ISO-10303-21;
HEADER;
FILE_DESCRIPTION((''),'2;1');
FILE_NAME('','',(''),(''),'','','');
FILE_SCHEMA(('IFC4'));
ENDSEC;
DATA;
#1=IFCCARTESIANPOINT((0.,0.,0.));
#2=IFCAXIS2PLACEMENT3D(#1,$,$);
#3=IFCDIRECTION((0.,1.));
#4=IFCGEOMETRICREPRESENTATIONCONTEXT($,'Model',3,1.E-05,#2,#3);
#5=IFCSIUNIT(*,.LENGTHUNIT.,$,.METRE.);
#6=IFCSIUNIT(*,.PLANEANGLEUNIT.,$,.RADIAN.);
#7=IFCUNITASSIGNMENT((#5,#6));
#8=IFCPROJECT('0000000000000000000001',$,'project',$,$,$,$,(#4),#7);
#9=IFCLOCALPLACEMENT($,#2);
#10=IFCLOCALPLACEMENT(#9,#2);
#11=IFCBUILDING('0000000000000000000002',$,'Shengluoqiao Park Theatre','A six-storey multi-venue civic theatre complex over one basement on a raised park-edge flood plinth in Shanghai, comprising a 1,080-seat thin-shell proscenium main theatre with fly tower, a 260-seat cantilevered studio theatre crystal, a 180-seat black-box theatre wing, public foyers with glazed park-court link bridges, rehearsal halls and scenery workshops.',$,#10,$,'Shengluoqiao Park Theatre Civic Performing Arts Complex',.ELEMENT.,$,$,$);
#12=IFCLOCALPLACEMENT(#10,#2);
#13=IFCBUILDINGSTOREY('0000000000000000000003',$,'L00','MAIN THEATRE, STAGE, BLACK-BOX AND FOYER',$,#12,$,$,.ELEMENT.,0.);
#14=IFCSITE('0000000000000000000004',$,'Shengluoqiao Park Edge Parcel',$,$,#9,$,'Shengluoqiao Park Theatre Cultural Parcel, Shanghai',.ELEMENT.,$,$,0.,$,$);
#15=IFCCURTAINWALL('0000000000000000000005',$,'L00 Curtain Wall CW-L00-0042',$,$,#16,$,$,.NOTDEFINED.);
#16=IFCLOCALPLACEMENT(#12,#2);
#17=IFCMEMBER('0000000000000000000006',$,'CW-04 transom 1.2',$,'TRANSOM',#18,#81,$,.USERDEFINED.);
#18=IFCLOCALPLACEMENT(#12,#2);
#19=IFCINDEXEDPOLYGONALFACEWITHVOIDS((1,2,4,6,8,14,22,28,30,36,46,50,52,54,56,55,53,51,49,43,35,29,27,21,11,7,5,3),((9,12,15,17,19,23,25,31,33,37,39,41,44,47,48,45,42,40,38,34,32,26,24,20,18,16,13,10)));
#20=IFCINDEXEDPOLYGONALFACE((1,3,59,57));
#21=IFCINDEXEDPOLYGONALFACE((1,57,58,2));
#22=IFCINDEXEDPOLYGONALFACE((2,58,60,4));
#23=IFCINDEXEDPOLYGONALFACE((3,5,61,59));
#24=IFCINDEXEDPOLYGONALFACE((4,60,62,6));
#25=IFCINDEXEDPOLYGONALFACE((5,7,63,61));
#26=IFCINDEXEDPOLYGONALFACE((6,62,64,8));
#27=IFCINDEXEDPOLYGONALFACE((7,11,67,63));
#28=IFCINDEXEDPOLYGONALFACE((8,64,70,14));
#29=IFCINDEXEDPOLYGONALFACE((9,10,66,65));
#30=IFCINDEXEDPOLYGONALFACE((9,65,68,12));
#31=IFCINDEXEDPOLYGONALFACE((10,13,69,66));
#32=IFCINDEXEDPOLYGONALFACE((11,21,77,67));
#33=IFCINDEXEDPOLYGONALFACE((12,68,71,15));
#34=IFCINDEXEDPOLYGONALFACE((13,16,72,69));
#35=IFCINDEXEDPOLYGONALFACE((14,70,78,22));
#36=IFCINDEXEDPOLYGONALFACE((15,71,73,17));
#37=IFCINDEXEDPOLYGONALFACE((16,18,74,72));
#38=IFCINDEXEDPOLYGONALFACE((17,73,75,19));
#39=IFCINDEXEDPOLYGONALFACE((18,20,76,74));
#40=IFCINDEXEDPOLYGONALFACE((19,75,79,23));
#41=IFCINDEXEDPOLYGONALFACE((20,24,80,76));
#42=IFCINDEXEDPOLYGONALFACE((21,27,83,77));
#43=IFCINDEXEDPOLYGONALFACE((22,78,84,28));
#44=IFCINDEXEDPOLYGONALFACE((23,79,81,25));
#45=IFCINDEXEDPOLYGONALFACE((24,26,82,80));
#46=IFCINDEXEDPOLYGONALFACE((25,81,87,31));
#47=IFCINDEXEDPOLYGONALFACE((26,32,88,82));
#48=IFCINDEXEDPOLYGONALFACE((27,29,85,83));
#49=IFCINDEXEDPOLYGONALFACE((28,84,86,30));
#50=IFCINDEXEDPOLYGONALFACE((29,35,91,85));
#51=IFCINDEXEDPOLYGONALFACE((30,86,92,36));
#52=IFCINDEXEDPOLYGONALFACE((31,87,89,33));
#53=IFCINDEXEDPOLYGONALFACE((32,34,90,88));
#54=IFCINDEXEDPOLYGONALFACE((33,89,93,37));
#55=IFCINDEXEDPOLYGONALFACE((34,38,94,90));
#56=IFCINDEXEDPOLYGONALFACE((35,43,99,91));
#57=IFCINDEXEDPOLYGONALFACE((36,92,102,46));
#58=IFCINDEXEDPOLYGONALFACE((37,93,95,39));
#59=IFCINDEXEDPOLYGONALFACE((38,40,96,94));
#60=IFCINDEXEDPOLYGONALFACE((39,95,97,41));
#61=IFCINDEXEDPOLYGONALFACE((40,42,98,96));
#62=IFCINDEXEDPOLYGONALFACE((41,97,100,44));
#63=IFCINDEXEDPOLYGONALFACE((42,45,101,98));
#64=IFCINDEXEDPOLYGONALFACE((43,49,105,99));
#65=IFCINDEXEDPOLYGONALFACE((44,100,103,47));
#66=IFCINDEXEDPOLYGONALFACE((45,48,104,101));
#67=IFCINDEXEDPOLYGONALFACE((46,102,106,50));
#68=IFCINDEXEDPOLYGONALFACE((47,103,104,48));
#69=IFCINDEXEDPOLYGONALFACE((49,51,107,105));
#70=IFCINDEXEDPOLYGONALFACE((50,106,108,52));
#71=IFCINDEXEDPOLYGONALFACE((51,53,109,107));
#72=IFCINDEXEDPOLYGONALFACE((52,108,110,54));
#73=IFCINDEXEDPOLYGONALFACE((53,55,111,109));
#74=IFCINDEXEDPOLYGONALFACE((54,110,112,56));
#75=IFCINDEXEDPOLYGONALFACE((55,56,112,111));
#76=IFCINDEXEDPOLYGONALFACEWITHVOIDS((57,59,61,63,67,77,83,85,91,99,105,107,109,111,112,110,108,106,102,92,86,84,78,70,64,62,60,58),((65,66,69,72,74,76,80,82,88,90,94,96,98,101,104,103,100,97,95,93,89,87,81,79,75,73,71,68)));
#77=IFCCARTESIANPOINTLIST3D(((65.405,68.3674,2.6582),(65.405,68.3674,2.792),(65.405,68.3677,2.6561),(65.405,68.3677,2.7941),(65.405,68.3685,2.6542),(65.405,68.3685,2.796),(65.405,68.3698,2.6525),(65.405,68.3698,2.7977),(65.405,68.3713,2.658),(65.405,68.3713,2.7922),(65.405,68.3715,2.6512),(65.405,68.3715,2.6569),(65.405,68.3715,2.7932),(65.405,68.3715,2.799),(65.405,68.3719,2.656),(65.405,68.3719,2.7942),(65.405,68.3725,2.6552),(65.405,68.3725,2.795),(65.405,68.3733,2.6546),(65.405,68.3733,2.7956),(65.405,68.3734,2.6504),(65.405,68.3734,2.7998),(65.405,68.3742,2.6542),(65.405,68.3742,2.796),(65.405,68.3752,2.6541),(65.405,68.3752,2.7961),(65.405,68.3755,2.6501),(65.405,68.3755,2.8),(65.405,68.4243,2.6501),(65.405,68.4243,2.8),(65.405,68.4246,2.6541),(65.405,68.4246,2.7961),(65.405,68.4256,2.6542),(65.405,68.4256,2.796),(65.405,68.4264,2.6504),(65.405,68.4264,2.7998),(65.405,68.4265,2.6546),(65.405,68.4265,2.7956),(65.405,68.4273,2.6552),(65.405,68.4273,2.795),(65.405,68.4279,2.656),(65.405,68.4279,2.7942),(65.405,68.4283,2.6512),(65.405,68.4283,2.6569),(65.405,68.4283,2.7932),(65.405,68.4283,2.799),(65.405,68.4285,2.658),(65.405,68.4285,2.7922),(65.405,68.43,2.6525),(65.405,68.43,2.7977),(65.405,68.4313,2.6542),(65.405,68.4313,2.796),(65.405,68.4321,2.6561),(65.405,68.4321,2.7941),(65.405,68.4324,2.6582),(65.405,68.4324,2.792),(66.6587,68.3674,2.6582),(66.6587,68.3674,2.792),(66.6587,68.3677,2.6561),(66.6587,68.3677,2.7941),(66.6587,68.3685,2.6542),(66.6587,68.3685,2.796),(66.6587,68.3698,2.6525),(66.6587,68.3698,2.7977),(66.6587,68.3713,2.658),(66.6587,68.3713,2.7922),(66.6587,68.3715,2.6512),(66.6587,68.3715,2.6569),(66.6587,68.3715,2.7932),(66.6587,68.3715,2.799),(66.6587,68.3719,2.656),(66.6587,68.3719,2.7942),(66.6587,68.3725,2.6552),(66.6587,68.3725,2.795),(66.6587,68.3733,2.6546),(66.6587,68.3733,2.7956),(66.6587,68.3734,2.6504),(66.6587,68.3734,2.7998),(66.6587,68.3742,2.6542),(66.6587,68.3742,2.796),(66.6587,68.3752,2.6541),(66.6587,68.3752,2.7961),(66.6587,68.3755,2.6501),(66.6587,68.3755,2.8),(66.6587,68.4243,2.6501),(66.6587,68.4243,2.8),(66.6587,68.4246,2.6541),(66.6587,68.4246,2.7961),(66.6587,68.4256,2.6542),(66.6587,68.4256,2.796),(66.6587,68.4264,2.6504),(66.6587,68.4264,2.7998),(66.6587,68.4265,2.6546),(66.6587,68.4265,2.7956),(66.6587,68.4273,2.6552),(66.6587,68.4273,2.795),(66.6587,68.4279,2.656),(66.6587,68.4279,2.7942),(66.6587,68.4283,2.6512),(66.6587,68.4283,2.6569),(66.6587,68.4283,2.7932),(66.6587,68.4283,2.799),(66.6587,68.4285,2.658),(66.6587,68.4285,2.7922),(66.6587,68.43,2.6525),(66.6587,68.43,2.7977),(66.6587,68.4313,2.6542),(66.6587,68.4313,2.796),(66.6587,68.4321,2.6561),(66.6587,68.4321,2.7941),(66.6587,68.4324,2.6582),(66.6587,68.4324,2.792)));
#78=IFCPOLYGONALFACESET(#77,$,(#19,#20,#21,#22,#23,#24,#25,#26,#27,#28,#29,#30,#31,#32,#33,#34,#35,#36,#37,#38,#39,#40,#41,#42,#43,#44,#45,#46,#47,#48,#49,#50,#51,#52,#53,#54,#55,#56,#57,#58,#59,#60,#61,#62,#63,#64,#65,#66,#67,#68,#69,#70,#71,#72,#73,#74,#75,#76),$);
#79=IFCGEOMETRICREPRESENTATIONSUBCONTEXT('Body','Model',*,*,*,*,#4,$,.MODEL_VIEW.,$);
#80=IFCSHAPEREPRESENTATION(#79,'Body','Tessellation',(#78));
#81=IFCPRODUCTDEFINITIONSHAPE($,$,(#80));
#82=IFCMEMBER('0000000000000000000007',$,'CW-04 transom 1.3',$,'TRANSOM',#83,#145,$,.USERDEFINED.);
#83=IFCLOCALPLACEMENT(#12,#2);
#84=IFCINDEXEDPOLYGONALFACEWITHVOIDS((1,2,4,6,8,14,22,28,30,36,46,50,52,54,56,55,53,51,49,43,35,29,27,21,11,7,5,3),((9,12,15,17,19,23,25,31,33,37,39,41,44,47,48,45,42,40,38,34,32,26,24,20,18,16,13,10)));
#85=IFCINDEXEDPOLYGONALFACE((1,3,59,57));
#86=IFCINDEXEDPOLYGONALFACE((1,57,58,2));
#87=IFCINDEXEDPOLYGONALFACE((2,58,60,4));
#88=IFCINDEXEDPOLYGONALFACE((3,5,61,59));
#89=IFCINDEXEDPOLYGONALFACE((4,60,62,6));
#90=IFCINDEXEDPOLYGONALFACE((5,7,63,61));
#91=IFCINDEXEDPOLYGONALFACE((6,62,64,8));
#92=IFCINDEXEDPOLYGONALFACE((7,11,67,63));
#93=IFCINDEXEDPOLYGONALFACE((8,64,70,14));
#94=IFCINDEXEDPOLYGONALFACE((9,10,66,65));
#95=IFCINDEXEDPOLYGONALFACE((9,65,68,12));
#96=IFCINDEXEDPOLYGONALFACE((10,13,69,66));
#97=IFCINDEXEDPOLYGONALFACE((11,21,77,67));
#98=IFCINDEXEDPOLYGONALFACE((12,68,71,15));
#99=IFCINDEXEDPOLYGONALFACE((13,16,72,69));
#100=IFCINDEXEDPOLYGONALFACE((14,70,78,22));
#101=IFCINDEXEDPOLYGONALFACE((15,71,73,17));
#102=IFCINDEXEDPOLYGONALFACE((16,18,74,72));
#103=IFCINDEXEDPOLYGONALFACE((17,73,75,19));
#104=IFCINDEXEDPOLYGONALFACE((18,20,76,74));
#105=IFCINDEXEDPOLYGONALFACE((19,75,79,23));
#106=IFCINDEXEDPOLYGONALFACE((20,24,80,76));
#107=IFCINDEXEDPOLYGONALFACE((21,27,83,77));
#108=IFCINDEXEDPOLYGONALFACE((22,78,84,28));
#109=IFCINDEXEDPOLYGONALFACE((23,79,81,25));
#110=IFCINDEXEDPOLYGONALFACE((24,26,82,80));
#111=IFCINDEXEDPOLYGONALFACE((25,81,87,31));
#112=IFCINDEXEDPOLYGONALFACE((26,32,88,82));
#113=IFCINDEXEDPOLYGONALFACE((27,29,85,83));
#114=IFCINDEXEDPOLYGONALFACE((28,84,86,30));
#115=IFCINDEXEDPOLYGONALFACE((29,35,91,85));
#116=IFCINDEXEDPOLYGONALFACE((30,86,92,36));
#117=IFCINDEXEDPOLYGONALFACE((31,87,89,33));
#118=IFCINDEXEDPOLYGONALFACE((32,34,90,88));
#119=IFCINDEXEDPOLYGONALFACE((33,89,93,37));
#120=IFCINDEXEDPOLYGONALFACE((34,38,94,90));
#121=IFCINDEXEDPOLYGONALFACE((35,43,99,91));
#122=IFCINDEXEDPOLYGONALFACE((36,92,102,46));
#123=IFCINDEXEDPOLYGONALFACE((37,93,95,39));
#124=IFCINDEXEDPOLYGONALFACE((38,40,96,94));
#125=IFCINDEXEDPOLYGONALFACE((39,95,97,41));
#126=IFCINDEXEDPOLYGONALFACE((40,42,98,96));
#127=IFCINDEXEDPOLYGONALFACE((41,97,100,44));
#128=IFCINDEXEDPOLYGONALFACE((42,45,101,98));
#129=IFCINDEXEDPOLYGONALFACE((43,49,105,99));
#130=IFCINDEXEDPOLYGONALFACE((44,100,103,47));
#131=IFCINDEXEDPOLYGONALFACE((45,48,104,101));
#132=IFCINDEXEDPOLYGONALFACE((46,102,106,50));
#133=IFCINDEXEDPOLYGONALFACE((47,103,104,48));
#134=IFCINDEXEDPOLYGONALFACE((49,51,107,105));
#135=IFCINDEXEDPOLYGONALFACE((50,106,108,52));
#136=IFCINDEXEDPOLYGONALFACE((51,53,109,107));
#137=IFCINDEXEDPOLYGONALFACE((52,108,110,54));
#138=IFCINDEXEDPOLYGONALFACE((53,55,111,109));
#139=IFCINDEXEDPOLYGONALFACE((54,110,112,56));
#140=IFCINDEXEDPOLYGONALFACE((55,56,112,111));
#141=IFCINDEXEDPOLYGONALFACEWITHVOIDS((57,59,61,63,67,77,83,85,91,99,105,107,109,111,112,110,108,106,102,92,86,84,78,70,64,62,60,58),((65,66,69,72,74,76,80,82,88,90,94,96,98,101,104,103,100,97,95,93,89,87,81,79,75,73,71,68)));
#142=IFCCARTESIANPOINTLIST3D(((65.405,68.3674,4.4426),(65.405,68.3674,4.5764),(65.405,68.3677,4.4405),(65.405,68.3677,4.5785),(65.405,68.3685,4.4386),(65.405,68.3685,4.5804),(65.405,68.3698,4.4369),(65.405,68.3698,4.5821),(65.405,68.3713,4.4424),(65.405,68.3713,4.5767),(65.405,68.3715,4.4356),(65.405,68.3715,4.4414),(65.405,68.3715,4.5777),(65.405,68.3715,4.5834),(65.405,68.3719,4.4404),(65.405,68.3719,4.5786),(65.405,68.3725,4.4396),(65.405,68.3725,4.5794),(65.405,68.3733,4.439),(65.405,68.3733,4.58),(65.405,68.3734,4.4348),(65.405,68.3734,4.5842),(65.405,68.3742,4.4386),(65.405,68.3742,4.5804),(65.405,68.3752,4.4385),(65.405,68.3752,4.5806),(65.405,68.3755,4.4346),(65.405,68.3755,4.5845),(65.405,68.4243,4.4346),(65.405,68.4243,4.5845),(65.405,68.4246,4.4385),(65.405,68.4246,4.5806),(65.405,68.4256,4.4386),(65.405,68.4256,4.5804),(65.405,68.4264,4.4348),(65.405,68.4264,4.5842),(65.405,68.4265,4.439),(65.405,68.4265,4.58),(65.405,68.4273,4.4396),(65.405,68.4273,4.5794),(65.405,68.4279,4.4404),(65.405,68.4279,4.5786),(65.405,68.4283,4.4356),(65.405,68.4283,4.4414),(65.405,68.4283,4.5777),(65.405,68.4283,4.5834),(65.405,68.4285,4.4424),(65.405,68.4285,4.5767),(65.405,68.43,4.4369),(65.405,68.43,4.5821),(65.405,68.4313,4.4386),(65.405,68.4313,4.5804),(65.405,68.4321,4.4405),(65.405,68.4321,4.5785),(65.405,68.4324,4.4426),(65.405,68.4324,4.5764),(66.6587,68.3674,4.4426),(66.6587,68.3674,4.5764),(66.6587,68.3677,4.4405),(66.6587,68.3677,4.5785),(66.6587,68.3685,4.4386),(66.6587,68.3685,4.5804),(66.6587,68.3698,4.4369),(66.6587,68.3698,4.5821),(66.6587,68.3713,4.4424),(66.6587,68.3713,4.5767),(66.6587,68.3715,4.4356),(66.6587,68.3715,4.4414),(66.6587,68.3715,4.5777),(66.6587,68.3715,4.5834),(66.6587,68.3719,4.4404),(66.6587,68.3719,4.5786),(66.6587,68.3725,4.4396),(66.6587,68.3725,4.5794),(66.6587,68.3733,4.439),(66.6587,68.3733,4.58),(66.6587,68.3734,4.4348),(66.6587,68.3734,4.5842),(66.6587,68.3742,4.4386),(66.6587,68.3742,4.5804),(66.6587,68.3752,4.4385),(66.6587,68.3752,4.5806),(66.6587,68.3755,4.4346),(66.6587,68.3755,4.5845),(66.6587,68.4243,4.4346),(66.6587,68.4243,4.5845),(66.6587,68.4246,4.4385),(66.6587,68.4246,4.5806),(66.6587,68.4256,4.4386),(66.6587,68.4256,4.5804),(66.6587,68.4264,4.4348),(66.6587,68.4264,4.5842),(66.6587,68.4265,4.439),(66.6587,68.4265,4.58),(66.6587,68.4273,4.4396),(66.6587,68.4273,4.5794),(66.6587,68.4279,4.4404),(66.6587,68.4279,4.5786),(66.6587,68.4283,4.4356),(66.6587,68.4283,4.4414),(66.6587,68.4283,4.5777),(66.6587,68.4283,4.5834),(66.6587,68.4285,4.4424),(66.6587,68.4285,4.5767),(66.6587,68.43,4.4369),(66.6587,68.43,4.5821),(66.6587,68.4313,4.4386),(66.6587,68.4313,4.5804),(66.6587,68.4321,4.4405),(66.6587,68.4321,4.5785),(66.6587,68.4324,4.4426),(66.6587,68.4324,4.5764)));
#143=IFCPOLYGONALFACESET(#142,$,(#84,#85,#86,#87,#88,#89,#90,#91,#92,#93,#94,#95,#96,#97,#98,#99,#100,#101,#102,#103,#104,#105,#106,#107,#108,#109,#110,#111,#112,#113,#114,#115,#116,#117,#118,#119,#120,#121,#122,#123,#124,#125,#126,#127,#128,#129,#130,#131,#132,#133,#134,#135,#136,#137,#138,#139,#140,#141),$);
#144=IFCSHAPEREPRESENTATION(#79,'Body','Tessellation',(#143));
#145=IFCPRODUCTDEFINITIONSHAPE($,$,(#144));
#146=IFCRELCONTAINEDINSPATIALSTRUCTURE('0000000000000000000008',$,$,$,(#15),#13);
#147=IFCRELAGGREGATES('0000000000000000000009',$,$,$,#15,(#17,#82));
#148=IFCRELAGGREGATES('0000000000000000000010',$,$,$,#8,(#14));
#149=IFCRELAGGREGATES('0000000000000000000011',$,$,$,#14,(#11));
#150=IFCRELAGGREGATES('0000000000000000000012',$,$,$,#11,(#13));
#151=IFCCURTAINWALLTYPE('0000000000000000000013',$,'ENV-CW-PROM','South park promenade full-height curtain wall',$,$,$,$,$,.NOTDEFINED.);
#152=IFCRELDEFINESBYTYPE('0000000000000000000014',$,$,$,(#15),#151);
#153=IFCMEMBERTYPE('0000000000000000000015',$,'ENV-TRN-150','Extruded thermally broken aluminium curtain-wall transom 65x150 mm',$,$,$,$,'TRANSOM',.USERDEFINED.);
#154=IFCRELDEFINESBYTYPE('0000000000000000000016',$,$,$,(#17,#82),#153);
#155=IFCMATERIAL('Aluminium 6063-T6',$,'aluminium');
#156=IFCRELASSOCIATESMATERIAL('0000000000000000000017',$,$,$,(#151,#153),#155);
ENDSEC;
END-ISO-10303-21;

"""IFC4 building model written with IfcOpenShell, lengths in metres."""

from ifc_helpers import new_model, si_unit, direction, frame, origin, origin_2d, place, context, subcontext, project, spatial, hollow_rectangle, extrude, material, material_profile, profile_set, type_object, element, aggregate, save


model = new_model("IFC4")

# Units and contexts
model_context = context("Model", 3, precision=1e-05, world=origin(), true_north=direction((0.0, 1.0)))
body_context = subcontext(model_context, "Body", "Model", "MODEL_VIEW")
ifc_project = project(units=[si_unit("LENGTHUNIT", "METRE"), si_unit("PLANEANGLEUNIT", "RADIAN")], contexts=[model_context])

# Site, building, storey
site_placement = place(None, origin())
site = spatial("IfcSite", under=ifc_project, at=site_placement, Name="Shengluoqiao Park Edge Parcel", LongName="Shengluoqiao Park Theatre Cultural Parcel, Shanghai", CompositionType="ELEMENT", RefElevation=0.0)
building_placement = place(site_placement, origin())
building = spatial("IfcBuilding", under=site, at=building_placement, Name="Shengluoqiao Park Theatre", Description="A six-storey multi-venue civic theatre complex over one basement on a raised park-edge flood plinth in Shanghai, comprising a 1,080-seat thin-shell proscenium main theatre with fly tower, a 260-seat cantilevered studio theatre crystal, a 180-seat black-box theatre wing, public foyers with glazed park-court link bridges, rehearsal halls and scenery workshops.", LongName="Shengluoqiao Park Theatre Civic Performing Arts Complex", CompositionType="ELEMENT")
storey_placement = place(building_placement, origin())
storey = spatial("IfcBuildingStorey", under=building, at=storey_placement, Name="L00", Description="MAIN THEATRE, STAGE, BLACK-BOX AND FOYER", CompositionType="ELEMENT", Elevation=0.0)

# Curtain wall
ifc_material_1 = material(Name="Aluminium 6063-T6", Category="aluminium")
curtain_wall_type = type_object("IfcCurtainWallType", Name="ENV-CW-PROM", Description="South park promenade full-height curtain wall", PredefinedType="NOTDEFINED", material=ifc_material_1)
curtain_wall_1_placement = place(storey_placement, origin())
curtain_wall_1 = element("IfcCurtainWall", 1, at=curtain_wall_1_placement, inside=storey, type_object=curtain_wall_type, Name="L00 Curtain Wall CW-L00-0042", PredefinedType="NOTDEFINED")

# Members
ifc_material_profile_1 = material_profile(ifc_material_1, hollow_rectangle(XDim=0.0649, YDim=0.1499, WallThickness=0.0039, InnerFilletRadius=0.0039, OuterFilletRadius=0.0081, at=origin_2d()), Name="ALU TRANSOM 150x65x4")
ifc_profile_set_1 = profile_set([ifc_material_profile_1], Name="Aluminium 6063-T6")
member_type_1 = type_object("IfcMemberType", Name="ENV-TRN-150", Description="Extruded thermally broken aluminium curtain-wall transom 65x150 mm", ElementType="TRANSOM", PredefinedType="USERDEFINED", material=ifc_profile_set_1)
member_1_placement = place(storey_placement, frame((65.405, 68.3999, 2.7251), z_axis=(1.0, 0.0, 0.0), x_axis=(0.0, 1.0, 0.0)))
member_1 = element("IfcMember", 2, at=member_1_placement, type_object=member_type_1, Name="CW-04 transom 1.2", ObjectType="TRANSOM", PredefinedType="USERDEFINED", context=body_context, shape_type="SweptSolid", body=[
    extrude(hollow_rectangle(XDim=0.0649, YDim=0.1499, WallThickness=0.0039, InnerFilletRadius=0.0039, OuterFilletRadius=0.0081, at=origin_2d()), origin(), (0.0, 0.0, 1.0), 1.2537),
])
member_2_placement = place(storey_placement, frame((65.405, 68.3999, 4.5095), z_axis=(1.0, 0.0, 0.0), x_axis=(0.0, 1.0, 0.0)))
member_2 = element("IfcMember", 3, at=member_2_placement, type_object=member_type_1, Name="CW-04 transom 1.3", ObjectType="TRANSOM", PredefinedType="USERDEFINED", context=body_context, shape_type="SweptSolid", body=[
    extrude(hollow_rectangle(XDim=0.0649, YDim=0.1499, WallThickness=0.0039, InnerFilletRadius=0.0039, OuterFilletRadius=0.0081, at=origin_2d()), origin(), (0.0, 0.0, 1.0), 1.2537),
])

aggregate(curtain_wall_1, [member_1, member_2])

save(model, "model.ifc")
